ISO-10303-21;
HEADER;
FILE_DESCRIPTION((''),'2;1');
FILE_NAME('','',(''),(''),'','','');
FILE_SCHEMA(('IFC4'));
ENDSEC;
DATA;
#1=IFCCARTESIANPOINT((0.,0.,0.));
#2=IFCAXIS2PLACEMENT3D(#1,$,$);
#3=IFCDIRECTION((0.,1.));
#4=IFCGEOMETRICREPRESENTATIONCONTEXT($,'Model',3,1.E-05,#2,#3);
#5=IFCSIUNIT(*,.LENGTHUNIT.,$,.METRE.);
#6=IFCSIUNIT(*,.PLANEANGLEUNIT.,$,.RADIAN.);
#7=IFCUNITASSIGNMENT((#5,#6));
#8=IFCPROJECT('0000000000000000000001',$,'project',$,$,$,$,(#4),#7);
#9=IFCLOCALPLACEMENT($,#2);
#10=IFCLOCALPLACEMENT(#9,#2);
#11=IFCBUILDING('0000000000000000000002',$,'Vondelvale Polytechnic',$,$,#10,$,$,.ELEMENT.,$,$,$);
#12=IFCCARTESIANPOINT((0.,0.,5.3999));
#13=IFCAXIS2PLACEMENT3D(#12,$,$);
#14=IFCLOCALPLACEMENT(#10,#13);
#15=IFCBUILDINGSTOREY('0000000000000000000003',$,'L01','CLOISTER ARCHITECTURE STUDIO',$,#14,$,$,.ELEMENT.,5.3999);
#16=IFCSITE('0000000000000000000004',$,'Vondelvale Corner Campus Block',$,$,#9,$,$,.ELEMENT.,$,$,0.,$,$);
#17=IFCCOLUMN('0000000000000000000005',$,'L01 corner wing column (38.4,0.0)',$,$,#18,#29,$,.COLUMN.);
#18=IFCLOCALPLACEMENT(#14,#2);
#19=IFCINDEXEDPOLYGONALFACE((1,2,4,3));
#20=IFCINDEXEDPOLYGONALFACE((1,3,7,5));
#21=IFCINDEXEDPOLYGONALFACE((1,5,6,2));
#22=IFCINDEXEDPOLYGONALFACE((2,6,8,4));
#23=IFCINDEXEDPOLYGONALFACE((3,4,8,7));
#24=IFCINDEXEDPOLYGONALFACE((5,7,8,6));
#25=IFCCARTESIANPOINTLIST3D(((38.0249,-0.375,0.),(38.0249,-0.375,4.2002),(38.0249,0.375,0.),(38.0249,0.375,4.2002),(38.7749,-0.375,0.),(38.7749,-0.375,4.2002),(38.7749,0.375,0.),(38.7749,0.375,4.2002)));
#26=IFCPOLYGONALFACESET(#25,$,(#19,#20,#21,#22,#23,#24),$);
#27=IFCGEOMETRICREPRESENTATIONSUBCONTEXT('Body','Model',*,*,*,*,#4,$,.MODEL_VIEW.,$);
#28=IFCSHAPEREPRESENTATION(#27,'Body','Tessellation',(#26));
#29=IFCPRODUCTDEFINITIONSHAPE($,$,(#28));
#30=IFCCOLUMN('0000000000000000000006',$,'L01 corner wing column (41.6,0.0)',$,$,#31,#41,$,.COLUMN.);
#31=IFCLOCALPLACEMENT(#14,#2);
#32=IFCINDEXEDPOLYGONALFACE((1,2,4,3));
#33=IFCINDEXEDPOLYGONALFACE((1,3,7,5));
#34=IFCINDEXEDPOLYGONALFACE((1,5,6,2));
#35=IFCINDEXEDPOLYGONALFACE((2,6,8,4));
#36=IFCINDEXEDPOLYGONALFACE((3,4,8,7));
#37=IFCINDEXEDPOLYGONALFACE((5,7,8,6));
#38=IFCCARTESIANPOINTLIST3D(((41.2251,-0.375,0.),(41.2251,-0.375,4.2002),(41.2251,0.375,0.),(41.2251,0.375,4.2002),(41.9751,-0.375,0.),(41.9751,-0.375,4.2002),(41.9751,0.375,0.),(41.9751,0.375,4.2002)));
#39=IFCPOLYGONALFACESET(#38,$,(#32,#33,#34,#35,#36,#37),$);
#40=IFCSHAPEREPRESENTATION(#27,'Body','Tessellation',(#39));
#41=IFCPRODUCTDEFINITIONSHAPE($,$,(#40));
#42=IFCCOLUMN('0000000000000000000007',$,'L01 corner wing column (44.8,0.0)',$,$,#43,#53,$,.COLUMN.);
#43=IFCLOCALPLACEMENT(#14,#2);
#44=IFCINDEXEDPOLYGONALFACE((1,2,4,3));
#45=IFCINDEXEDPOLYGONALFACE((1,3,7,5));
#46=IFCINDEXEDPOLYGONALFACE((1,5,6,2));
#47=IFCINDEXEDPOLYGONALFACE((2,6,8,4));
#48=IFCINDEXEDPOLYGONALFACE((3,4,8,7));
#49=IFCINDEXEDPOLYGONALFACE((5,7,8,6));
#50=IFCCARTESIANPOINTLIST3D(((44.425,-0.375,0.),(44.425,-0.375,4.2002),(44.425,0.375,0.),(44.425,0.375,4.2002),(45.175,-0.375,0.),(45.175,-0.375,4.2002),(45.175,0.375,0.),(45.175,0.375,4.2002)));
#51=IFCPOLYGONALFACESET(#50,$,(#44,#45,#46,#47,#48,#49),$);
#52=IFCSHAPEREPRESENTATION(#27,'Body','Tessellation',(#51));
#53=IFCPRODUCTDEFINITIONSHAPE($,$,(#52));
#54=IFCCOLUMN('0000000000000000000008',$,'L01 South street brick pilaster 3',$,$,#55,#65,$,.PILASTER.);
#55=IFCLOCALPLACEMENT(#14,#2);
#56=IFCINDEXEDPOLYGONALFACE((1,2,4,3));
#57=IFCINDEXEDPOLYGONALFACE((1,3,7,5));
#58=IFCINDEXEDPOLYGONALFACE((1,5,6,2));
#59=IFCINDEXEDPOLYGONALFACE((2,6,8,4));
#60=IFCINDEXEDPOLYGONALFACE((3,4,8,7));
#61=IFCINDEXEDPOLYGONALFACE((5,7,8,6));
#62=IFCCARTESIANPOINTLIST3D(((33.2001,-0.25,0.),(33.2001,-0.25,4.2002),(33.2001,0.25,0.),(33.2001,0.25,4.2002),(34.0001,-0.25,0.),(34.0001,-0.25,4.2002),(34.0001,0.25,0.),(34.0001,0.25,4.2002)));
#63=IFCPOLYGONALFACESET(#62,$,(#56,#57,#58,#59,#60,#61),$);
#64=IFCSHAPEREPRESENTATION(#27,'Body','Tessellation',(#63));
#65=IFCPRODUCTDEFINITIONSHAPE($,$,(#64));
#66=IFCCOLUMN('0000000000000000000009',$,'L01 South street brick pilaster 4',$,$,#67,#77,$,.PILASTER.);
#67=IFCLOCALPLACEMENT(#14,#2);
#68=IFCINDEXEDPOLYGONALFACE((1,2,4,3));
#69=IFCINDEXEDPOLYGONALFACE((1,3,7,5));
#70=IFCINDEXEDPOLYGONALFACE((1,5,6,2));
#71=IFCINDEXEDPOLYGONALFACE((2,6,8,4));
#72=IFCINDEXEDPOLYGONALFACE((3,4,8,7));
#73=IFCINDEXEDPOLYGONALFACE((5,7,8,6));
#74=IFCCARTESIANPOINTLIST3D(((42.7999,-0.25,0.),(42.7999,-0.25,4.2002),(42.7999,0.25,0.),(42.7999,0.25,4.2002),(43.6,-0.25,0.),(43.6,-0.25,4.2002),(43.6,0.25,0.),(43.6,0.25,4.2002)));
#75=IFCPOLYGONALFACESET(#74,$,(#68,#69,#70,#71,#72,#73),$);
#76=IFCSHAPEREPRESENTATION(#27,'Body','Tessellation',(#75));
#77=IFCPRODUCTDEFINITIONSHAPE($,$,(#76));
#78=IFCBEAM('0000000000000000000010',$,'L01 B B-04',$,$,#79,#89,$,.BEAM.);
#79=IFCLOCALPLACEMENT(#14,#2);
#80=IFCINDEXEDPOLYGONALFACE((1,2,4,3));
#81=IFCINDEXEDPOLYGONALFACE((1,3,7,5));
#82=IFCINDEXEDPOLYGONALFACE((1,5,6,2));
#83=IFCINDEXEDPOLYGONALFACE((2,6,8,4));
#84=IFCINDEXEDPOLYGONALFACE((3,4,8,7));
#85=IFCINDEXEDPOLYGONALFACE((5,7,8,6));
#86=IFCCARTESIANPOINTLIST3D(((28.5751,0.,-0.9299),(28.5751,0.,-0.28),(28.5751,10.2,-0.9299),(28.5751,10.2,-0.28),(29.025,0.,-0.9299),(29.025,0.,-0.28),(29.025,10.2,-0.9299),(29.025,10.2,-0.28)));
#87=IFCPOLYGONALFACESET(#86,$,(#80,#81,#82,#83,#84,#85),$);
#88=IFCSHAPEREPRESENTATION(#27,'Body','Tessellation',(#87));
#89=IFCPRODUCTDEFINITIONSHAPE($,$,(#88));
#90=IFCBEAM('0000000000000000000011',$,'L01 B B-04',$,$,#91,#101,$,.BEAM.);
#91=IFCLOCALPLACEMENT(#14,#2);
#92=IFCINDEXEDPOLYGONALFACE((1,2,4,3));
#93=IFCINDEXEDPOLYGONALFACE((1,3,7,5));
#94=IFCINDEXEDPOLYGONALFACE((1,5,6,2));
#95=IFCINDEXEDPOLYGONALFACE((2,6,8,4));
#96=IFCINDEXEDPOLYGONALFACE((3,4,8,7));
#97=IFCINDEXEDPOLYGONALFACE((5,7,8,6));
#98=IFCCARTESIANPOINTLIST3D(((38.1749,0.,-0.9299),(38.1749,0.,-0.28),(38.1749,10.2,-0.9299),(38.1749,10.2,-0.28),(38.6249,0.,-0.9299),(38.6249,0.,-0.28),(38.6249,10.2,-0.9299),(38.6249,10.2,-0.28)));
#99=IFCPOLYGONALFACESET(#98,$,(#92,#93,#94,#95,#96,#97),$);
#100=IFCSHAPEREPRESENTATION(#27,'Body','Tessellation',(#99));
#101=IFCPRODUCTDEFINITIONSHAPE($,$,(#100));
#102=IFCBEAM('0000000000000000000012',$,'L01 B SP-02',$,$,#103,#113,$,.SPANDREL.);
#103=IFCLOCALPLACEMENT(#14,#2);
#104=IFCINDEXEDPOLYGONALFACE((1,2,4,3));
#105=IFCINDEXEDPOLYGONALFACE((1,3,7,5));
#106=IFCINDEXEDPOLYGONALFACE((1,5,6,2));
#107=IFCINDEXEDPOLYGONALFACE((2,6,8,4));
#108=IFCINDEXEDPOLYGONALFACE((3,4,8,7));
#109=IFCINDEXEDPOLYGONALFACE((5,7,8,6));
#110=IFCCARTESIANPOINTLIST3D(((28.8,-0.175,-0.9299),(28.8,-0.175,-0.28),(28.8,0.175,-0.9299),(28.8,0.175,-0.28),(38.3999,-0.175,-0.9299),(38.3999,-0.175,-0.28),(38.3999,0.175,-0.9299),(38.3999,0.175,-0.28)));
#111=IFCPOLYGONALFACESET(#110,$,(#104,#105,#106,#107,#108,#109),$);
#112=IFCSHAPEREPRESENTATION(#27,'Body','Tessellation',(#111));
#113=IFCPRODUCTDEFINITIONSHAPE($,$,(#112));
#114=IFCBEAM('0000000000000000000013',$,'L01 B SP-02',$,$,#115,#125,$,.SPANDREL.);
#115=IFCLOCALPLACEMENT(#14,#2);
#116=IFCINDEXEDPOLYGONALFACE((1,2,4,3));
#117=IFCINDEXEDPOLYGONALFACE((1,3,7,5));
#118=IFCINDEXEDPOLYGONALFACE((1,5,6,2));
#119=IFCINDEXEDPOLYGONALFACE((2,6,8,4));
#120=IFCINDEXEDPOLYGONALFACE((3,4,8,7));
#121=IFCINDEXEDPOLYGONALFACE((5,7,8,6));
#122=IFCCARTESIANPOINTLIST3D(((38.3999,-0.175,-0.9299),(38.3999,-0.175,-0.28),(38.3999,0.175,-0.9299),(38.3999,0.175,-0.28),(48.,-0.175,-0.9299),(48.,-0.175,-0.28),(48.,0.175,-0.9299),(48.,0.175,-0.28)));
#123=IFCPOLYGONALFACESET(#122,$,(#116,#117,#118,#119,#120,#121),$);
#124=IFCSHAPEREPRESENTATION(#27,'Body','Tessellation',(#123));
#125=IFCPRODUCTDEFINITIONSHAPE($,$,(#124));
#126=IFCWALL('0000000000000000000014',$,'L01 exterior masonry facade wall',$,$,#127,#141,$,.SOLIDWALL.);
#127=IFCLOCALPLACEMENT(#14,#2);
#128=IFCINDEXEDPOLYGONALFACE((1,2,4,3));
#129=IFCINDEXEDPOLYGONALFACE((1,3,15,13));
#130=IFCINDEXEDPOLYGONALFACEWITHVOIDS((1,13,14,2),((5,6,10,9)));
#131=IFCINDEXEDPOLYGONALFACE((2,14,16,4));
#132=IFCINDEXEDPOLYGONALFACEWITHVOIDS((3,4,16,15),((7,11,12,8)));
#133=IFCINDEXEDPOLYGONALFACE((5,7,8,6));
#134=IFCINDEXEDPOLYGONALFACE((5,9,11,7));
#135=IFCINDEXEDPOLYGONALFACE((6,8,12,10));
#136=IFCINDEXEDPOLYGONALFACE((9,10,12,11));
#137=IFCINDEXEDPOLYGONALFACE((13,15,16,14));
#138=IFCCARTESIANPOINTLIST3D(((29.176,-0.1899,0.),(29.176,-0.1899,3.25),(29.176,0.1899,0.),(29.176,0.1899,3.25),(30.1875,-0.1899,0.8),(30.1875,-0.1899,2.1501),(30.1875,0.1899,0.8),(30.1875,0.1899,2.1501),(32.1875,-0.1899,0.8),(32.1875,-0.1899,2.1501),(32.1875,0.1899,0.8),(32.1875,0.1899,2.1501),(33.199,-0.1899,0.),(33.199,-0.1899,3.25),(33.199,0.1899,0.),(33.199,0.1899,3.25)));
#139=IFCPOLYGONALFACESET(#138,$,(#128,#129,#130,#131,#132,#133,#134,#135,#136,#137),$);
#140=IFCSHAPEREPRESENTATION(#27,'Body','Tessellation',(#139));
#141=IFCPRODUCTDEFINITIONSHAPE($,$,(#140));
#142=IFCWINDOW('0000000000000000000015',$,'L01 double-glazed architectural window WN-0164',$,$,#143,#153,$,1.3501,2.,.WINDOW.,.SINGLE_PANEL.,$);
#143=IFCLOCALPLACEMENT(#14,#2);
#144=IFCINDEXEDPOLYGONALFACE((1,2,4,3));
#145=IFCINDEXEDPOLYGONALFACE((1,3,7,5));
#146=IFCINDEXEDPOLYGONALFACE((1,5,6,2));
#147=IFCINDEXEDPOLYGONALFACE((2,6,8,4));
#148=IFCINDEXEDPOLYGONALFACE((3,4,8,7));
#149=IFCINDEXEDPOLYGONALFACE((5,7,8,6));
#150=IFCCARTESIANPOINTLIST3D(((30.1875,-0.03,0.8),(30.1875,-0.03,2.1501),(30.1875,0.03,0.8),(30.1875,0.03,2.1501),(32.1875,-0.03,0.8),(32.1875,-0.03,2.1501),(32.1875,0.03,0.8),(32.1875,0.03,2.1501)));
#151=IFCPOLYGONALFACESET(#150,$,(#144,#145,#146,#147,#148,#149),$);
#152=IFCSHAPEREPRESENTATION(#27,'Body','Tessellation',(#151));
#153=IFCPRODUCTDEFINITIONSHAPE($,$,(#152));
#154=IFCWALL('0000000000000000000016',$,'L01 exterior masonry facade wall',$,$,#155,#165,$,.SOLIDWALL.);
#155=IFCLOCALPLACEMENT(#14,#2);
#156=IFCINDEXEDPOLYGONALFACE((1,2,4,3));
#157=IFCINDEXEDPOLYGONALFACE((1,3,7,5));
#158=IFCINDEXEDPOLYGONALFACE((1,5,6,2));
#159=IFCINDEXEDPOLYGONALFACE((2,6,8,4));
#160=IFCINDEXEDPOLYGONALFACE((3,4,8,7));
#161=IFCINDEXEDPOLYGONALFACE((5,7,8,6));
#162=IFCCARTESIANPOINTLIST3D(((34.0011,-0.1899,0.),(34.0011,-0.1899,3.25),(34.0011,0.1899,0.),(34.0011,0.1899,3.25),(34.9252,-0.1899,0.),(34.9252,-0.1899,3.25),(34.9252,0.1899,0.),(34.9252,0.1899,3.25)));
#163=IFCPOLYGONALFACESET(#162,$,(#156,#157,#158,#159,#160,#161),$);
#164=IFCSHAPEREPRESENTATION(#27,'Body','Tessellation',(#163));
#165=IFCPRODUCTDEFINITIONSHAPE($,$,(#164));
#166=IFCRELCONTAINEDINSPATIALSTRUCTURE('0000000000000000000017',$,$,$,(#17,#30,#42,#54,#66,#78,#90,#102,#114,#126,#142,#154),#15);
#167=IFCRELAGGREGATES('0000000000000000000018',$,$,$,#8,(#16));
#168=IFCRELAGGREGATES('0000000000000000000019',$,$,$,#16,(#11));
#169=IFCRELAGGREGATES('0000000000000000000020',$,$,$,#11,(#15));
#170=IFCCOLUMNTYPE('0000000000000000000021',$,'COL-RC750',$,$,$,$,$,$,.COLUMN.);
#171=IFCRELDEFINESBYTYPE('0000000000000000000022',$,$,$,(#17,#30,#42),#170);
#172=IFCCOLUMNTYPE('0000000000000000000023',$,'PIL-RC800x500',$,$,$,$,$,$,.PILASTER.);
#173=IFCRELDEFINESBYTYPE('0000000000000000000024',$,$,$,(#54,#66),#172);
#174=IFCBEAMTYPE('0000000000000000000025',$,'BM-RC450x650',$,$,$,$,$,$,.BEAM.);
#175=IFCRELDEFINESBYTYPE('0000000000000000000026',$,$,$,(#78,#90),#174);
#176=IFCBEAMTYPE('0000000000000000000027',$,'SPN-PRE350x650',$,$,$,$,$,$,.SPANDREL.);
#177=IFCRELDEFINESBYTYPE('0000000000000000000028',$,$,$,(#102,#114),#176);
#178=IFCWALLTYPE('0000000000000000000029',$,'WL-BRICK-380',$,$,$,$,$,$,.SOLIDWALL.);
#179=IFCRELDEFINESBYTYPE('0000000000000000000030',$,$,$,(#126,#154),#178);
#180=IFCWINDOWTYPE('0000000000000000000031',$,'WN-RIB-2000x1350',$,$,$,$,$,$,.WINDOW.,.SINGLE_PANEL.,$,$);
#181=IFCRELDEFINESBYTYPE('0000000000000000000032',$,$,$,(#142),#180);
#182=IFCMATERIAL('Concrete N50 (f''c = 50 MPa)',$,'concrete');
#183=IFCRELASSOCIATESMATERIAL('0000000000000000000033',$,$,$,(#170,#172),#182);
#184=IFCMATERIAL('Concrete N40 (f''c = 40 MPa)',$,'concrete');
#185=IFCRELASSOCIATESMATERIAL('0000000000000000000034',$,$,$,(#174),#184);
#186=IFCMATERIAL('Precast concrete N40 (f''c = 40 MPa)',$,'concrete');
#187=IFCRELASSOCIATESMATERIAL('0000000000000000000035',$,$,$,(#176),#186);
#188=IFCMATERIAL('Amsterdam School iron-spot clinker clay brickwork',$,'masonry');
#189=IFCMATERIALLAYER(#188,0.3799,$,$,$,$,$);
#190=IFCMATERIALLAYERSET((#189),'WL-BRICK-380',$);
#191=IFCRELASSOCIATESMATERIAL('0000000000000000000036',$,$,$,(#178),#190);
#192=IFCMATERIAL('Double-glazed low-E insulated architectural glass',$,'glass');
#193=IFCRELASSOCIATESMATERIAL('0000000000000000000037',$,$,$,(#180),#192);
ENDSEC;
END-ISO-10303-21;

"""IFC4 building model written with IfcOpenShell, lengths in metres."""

from ifc_helpers import new_model, si_unit, direction, frame, frame_2d, origin, origin_2d, place, context, subcontext, project, spatial, rectangle, extrude, material, layer, layer_set, material_profile, profile_set, type_object, element, fill, save


model = new_model("IFC4")

# Units and contexts
model_context = context("Model", 3, precision=1e-05, world=origin(), true_north=direction((0.0, 1.0)))
body_context = subcontext(model_context, "Body", "Model", "MODEL_VIEW")
ifc_project = project(units=[si_unit("LENGTHUNIT", "METRE"), si_unit("PLANEANGLEUNIT", "RADIAN")], contexts=[model_context])

# Site, building, storey
site_placement = place(None, origin())
site = spatial("IfcSite", under=ifc_project, at=site_placement, Name="Vondelvale Corner Campus Block", CompositionType="ELEMENT", RefElevation=0.0)
building_placement = place(site_placement, origin())
building = spatial("IfcBuilding", under=site, at=building_placement, Name="Vondelvale Polytechnic", CompositionType="ELEMENT")
storey_placement = place(building_placement, frame((0.0, 0.0, 5.3999)))
storey = spatial("IfcBuildingStorey", under=building, at=storey_placement, Name="L01", Description="CLOISTER ARCHITECTURE STUDIO", CompositionType="ELEMENT", Elevation=5.3999)

# Columns
ifc_material_1 = material(Name="Concrete N50 (f'c = 50 MPa)", Category="concrete")
ifc_material_profile_1 = material_profile(ifc_material_1, rectangle(XDim=0.75, YDim=0.75, at=origin_2d()), Name="RC-COL-750x750")
ifc_profile_set_1 = profile_set([ifc_material_profile_1], Name="Concrete N50 (f'c = 50 MPa)")
column_type_1 = type_object("IfcColumnType", Name="COL-RC750", PredefinedType="COLUMN", material=ifc_profile_set_1)
for number, where, z_axis, x_axis, name in (
    (1, (38.3999, 0.0, 0.0), (0.0, 0.0, 1.0), (1.0, 0.0, 0.0), "L01 corner wing column (38.4,0.0)"),
    (2, (41.6001, 0.0, 0.0), (0.0, 0.0, 1.0), (1.0, 0.0, 0.0), "L01 corner wing column (41.6,0.0)"),
    (3, (44.8, 0.0, 0.0), (0.0, 0.0, 1.0), (1.0, 0.0, 0.0), "L01 corner wing column (44.8,0.0)"),
):
    element("IfcColumn", number, at=place(storey_placement, frame(where, z_axis=z_axis, x_axis=x_axis)), inside=storey, type_object=column_type_1, Name=name, PredefinedType="COLUMN", context=body_context, shape_type="SweptSolid", body=[
        extrude(rectangle(XDim=0.75, YDim=0.75, at=origin_2d()), origin(), (0.0, 0.0, 1.0), 4.2002),
    ])
ifc_material_profile_2 = material_profile(ifc_material_1, rectangle(XDim=0.5, YDim=0.8, at=origin_2d()), Name="RC-PIL-800x500")
ifc_profile_set_2 = profile_set([ifc_material_profile_2], Name="Concrete N50 (f'c = 50 MPa)")
column_type_2 = type_object("IfcColumnType", Name="PIL-RC800x500", PredefinedType="PILASTER", material=ifc_profile_set_2)
for number, where, z_axis, x_axis, name in (
    (4, (33.6001, 0.0, 0.0), (0.0, 0.0, 1.0), (0.0, 1.0, 0.0), "L01 South street brick pilaster 3"),
    (5, (43.2, 0.0, 0.0), (0.0, 0.0, 1.0), (0.0, 1.0, 0.0), "L01 South street brick pilaster 4"),
):
    element("IfcColumn", number, at=place(storey_placement, frame(where, z_axis=z_axis, x_axis=x_axis)), inside=storey, type_object=column_type_2, Name=name, PredefinedType="PILASTER", context=body_context, shape_type="SweptSolid", body=[
        extrude(rectangle(XDim=0.5, YDim=0.8, at=origin_2d()), origin(), (0.0, 0.0, 1.0), 4.2002),
    ])

# Beams
ifc_material_2 = material(Name="Concrete N40 (f'c = 40 MPa)", Category="concrete")
ifc_material_profile_3 = material_profile(ifc_material_2, rectangle(XDim=0.45, YDim=0.6499, at=origin_2d()), Name="RC-BM-450x650")
ifc_profile_set_3 = profile_set([ifc_material_profile_3], Name="Concrete N40 (f'c = 40 MPa)")
beam_type_1 = type_object("IfcBeamType", Name="BM-RC450x650", PredefinedType="BEAM", material=ifc_profile_set_3)
for number, where, z_axis, x_axis, name in (
    (6, (28.8, 0.0, -0.605), (0.0, 1.0, 0.0), (-1.0, 0.0, 0.0), "L01 B B-04"),
    (7, (38.3999, 0.0, -0.605), (0.0, 1.0, 0.0), (-1.0, 0.0, 0.0), "L01 B B-04"),
):
    element("IfcBeam", number, at=place(storey_placement, frame(where, z_axis=z_axis, x_axis=x_axis)), inside=storey, type_object=beam_type_1, Name=name, PredefinedType="BEAM", context=body_context, shape_type="SweptSolid", body=[
        extrude(rectangle(XDim=0.45, YDim=0.6499, at=origin_2d()), origin(), (0.0, 0.0, 1.0), 10.2),
    ])
ifc_material_3 = material(Name="Precast concrete N40 (f'c = 40 MPa)", Category="concrete")
ifc_material_profile_4 = material_profile(ifc_material_3, rectangle(XDim=0.3501, YDim=0.6499, at=origin_2d()), Name="RC-SPN-350x650")
ifc_profile_set_4 = profile_set([ifc_material_profile_4], Name="Precast concrete N40 (f'c = 40 MPa)")
beam_type_2 = type_object("IfcBeamType", Name="SPN-PRE350x650", PredefinedType="SPANDREL", material=ifc_profile_set_4)
beam_1_placement = place(storey_placement, frame((28.8, 0.0, -0.605), z_axis=(1.0, 0.0, 0.0), x_axis=(0.0, 1.0, 0.0)))
element("IfcBeam", 8, at=beam_1_placement, inside=storey, type_object=beam_type_2, Name="L01 B SP-02", PredefinedType="SPANDREL", context=body_context, shape_type="SweptSolid", body=[
    extrude(rectangle(XDim=0.3501, YDim=0.6499, at=origin_2d()), origin(), (0.0, 0.0, 1.0), 9.5999),
])
beam_2_placement = place(storey_placement, frame((38.3999, 0.0, -0.605), z_axis=(1.0, 0.0, 0.0), x_axis=(0.0, 1.0, 0.0)))
element("IfcBeam", 9, at=beam_2_placement, inside=storey, type_object=beam_type_2, Name="L01 B SP-02", PredefinedType="SPANDREL", context=body_context, shape_type="SweptSolid", body=[
    extrude(rectangle(XDim=0.3501, YDim=0.6499, at=origin_2d()), origin(), (0.0, 0.0, 1.0), 9.6001),
])

# Wall, opening, window
ifc_material_4 = material(Name="Amsterdam School iron-spot clinker clay brickwork", Category="masonry")
ifc_layer_1 = layer(ifc_material_4, 0.3799)
ifc_layer_set_1 = layer_set([ifc_layer_1], Name="WL-BRICK-380")
wall_type_1 = type_object("IfcWallType", Name="WL-BRICK-380", PredefinedType="SOLIDWALL", material=ifc_layer_set_1)
wall_1_placement = place(storey_placement, frame((33.199, 0.0, 0.0), z_axis=(0.0, 0.0, 1.0), x_axis=(-1.0, 0.0, 0.0)))
wall_1 = element("IfcWall", 10, at=wall_1_placement, inside=storey, type_object=wall_type_1, Name="L01 exterior masonry facade wall", PredefinedType="SOLIDWALL", context=body_context, shape_type="SweptSolid", body=[
    extrude(rectangle(XDim=4.0229, YDim=0.3799, at=frame_2d((2.0115, 0.0))), origin(), (0.0, 0.0, 1.0), 3.25),
])
opening_1_placement = place(wall_1_placement, frame((1.0115, 0.0, 0.8)))
opening_1 = element("IfcOpeningElement", 11, at=opening_1_placement, cuts=wall_1, PredefinedType="OPENING", context=body_context, shape_type="SweptSolid", body=[
    extrude(rectangle(XDim=2.0, YDim=1.3501, at=frame_2d((1.0, 0.675))), frame((0.0, 0.2, 0.0), z_axis=(0.0, -1.0, 0.0), x_axis=(1.0, 0.0, 0.0)), (0.0, 0.0, 1.0), 0.3999),
])
ifc_material_5 = material(Name="Double-glazed low-E insulated architectural glass", Category="glass")
window_type_1 = type_object("IfcWindowType", Name="WN-RIB-2000x1350", PartitioningType="SINGLE_PANEL", PredefinedType="WINDOW", material=ifc_material_5)
window_1_placement = place(opening_1_placement, origin())
window_1 = element("IfcWindow", 12, at=window_1_placement, inside=storey, type_object=window_type_1, Name="L01 double-glazed architectural window WN-0164", OverallHeight=1.3501, OverallWidth=2.0, PartitioningType="SINGLE_PANEL", PredefinedType="WINDOW", context=body_context, shape_type="SweptSolid", body=[
    extrude(rectangle(XDim=2.0, YDim=1.3501, at=frame_2d((1.0, 0.675))), frame((0.0, 0.03, 0.0), z_axis=(0.0, -1.0, 0.0), x_axis=(1.0, 0.0, 0.0)), (0.0, 0.0, 1.0), 0.0601),
])
fill(opening_1, window_1)

# Wall
wall_2_placement = place(storey_placement, frame((34.925, 0.0, 0.0), z_axis=(0.0, 0.0, 1.0), x_axis=(-1.0, 0.0, 0.0)))
element("IfcWall", 13, at=wall_2_placement, inside=storey, type_object=wall_type_1, Name="L01 exterior masonry facade wall", PredefinedType="SOLIDWALL", context=body_context, shape_type="SweptSolid", body=[
    extrude(rectangle(XDim=0.9241, YDim=0.3799, at=frame_2d((0.4619, 0.0))), origin(), (0.0, 0.0, 1.0), 3.25),
])

save(model, "model.ifc")
